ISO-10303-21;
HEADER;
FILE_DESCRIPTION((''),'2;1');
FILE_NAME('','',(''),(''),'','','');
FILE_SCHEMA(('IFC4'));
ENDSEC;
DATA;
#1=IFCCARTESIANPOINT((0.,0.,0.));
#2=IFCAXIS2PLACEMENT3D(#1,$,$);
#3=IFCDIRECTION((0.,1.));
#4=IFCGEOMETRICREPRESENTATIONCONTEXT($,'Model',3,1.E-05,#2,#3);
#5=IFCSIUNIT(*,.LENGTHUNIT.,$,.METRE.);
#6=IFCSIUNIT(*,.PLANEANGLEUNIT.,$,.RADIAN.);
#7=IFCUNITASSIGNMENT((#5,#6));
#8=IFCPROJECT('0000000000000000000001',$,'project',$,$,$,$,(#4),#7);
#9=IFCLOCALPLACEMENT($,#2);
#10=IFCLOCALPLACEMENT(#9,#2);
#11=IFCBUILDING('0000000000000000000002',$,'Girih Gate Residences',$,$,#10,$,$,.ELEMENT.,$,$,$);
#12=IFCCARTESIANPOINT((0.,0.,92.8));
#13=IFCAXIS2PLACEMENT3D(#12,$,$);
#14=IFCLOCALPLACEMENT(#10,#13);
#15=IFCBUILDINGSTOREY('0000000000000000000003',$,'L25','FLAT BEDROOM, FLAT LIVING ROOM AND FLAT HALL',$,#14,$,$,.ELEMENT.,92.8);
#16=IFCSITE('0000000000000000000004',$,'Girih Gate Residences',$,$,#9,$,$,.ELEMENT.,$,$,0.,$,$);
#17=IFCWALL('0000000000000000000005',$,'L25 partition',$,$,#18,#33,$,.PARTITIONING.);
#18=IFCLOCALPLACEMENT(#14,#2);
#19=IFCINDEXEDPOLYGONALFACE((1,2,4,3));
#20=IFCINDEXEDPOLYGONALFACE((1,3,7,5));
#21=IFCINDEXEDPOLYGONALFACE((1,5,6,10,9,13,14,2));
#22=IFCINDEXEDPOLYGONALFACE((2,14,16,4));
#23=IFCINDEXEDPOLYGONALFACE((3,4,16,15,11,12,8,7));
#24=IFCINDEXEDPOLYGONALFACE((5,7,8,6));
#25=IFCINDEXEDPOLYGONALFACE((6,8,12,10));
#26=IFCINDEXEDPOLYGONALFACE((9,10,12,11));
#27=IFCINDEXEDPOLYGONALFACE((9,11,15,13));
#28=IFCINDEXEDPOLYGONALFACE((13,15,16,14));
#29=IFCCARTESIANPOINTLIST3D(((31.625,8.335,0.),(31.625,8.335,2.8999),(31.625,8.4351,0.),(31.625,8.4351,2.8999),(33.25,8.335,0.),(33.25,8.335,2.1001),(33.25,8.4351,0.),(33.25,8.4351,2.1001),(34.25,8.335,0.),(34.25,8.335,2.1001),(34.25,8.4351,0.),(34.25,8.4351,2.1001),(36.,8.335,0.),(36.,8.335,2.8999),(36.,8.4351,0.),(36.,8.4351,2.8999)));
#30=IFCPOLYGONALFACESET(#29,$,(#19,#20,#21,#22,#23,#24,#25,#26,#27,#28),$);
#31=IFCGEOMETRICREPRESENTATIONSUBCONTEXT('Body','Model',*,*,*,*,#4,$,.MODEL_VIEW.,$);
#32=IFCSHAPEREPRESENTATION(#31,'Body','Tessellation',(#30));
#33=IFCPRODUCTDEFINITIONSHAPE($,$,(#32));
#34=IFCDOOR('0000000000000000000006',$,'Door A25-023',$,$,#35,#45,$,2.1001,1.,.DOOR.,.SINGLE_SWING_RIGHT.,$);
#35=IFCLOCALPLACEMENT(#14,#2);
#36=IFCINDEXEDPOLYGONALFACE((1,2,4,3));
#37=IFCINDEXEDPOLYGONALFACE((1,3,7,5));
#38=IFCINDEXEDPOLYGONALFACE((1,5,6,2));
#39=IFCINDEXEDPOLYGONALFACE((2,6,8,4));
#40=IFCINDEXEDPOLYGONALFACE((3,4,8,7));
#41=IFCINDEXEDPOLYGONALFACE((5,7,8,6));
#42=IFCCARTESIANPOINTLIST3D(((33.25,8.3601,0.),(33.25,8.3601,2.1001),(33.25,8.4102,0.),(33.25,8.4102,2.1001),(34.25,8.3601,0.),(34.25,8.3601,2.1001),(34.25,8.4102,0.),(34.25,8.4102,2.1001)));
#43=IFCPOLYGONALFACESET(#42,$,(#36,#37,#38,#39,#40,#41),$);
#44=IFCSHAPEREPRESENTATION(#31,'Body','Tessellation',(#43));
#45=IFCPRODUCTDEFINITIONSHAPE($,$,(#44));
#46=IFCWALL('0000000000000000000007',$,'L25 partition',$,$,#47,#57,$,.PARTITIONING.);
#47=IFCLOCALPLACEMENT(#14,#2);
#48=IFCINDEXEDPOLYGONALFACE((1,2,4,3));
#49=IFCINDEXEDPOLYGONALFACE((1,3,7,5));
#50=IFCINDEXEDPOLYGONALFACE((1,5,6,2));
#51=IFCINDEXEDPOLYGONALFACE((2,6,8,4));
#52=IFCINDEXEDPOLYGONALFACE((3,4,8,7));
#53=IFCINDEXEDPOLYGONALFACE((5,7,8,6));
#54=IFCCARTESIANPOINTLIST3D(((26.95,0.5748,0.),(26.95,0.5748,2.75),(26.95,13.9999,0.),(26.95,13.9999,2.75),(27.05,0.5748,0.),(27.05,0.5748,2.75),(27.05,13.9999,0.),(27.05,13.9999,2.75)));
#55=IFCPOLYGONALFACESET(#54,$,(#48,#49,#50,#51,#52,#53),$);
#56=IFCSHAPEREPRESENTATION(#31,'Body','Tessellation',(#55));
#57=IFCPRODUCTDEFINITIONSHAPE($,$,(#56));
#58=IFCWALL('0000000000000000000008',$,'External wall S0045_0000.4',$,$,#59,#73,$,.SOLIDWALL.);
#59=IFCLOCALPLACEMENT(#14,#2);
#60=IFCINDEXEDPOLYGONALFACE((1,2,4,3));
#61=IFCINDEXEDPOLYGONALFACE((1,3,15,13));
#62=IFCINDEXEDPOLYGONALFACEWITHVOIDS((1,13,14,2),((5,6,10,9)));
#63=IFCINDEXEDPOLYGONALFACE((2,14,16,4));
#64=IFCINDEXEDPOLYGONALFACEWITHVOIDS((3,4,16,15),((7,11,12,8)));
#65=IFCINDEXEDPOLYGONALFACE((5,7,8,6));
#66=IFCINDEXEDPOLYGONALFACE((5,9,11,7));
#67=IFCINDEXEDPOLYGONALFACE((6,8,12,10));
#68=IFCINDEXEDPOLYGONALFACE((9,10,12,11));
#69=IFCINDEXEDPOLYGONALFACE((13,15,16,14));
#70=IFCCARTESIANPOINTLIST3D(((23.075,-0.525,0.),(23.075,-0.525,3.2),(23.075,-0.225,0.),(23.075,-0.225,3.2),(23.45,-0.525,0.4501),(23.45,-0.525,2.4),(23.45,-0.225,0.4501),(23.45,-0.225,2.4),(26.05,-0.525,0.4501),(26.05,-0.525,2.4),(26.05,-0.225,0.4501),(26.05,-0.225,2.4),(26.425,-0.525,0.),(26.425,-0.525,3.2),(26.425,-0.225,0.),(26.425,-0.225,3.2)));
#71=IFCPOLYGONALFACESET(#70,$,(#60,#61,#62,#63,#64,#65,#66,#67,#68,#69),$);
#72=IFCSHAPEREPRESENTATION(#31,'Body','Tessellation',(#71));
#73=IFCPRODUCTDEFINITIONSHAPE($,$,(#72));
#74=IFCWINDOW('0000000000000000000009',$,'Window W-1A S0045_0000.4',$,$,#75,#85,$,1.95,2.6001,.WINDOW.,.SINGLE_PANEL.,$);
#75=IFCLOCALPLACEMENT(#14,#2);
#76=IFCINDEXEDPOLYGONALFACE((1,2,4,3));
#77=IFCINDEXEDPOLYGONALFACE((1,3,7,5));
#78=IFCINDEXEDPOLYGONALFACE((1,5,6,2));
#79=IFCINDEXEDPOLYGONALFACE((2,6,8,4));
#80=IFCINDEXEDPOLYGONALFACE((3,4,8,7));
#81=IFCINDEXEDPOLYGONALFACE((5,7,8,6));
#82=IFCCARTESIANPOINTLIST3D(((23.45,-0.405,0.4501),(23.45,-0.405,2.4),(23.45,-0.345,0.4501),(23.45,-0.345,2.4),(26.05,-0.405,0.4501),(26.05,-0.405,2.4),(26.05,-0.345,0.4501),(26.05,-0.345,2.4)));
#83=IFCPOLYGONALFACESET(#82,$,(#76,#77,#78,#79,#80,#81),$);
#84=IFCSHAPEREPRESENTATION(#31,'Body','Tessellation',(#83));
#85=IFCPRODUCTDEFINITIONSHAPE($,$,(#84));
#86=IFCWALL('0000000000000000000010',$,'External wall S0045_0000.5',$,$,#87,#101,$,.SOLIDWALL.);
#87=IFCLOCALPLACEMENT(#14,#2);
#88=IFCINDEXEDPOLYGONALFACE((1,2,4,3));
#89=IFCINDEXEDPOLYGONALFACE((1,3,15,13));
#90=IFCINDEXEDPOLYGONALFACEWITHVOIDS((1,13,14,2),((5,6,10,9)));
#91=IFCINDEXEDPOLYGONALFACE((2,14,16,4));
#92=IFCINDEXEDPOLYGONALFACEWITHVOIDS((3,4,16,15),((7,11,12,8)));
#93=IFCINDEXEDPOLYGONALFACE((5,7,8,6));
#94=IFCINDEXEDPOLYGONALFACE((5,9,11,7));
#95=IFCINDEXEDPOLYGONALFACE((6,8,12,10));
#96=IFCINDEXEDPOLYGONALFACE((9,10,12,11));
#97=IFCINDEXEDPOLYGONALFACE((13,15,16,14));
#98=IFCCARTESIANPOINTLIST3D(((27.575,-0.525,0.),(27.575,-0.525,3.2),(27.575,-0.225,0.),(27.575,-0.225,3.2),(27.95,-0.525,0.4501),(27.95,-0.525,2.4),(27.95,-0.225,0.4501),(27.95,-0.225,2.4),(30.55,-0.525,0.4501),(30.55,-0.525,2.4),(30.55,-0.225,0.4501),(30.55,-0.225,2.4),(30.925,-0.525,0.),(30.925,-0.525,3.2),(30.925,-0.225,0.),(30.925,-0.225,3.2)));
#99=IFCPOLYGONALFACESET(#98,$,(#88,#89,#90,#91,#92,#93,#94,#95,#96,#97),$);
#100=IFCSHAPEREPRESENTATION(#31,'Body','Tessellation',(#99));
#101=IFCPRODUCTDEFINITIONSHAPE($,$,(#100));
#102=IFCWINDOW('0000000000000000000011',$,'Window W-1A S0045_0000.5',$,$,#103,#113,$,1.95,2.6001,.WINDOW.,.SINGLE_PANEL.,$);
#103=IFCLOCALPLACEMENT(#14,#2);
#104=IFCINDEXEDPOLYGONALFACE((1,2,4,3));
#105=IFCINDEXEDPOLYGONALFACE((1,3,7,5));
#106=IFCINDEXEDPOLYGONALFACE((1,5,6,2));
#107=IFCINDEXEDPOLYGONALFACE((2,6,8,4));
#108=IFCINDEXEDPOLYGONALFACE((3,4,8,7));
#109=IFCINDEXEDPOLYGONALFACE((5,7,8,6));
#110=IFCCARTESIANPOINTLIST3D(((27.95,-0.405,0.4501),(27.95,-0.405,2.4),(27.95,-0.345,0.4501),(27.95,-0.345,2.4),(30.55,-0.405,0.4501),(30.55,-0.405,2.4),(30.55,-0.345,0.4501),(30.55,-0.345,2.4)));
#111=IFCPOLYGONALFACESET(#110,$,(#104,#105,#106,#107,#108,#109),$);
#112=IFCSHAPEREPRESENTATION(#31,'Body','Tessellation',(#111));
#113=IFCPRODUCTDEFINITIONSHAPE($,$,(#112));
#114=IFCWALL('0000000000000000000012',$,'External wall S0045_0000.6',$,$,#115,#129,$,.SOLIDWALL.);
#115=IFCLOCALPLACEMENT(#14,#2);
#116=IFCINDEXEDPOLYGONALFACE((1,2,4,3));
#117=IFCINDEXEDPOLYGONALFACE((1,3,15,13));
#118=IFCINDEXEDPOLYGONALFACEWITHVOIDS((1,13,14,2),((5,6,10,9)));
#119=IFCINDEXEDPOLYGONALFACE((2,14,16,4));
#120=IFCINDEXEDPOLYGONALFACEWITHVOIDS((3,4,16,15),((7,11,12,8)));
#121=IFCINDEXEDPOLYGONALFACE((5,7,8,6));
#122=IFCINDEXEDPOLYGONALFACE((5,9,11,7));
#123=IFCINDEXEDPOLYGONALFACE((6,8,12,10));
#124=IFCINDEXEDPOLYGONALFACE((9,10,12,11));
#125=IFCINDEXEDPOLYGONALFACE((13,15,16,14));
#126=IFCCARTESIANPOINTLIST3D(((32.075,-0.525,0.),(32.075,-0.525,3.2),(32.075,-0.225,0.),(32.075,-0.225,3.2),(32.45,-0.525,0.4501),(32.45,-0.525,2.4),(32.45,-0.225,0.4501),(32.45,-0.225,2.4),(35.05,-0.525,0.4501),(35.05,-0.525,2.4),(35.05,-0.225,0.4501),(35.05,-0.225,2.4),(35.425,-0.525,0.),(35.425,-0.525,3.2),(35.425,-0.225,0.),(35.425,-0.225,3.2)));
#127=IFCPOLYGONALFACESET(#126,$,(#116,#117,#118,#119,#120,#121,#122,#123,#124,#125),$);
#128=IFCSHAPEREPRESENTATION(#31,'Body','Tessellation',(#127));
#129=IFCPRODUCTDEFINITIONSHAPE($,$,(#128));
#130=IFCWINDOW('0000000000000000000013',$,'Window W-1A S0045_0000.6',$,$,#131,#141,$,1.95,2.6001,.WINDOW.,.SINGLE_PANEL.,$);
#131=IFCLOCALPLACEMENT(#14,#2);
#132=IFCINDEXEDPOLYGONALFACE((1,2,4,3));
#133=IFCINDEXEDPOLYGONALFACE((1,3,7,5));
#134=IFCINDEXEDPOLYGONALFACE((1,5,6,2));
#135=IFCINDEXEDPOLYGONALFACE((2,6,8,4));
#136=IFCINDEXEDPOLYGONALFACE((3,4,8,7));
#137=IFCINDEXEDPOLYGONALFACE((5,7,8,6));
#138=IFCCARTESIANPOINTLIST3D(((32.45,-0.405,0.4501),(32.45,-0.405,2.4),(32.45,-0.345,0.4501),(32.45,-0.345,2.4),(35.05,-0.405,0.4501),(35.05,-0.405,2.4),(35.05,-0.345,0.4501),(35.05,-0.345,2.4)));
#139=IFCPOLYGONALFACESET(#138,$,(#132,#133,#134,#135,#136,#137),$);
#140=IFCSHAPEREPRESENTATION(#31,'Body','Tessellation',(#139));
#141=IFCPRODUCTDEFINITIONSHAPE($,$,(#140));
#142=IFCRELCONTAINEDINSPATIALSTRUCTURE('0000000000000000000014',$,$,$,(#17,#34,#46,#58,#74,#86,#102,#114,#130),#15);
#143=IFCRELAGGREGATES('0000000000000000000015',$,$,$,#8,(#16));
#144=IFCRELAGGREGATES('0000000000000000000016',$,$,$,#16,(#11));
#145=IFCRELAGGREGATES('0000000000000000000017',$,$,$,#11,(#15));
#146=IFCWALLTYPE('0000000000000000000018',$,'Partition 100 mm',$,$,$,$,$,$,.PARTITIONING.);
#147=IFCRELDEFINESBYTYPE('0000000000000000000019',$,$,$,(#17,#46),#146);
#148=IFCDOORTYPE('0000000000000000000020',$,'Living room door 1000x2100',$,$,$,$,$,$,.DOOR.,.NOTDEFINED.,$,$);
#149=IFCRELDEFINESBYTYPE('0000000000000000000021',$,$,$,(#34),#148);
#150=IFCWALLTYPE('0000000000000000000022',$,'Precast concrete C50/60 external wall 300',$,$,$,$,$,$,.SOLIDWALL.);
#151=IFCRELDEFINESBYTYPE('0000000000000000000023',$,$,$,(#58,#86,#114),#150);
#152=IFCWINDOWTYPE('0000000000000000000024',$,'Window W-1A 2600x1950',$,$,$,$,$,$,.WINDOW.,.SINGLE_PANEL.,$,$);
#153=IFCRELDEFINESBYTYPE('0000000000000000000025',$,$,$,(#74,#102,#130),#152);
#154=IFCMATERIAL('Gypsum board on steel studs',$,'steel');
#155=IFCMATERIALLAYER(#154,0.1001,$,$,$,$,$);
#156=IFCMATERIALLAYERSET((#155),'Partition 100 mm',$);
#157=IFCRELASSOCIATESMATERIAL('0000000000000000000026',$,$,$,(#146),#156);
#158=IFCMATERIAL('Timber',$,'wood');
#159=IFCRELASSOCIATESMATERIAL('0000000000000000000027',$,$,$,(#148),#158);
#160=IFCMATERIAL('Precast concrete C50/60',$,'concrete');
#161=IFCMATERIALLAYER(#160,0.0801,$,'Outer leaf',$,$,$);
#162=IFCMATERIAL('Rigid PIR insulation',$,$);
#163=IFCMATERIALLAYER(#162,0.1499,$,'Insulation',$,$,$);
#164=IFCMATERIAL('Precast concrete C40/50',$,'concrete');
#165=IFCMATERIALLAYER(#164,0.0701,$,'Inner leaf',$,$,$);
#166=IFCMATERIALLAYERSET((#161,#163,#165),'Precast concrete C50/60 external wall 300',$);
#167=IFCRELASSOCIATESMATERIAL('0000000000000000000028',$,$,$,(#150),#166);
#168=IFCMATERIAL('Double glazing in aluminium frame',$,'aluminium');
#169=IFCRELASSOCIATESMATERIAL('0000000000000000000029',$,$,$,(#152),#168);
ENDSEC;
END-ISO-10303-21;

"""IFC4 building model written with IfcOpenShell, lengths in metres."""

from ifc_helpers import new_model, si_unit, direction, frame, frame_2d, origin, place, context, subcontext, project, spatial, rectangle, extrude, material, layer, layer_set, type_object, element, fill, save


model = new_model("IFC4")

# Units and contexts
model_context = context("Model", 3, precision=1e-05, world=origin(), true_north=direction((0.0, 1.0)))
body_context = subcontext(model_context, "Body", "Model", "MODEL_VIEW")
ifc_project = project(units=[si_unit("LENGTHUNIT", "METRE"), si_unit("PLANEANGLEUNIT", "RADIAN")], contexts=[model_context])

# Site, building, storey
site_placement = place(None, origin())
site = spatial("IfcSite", under=ifc_project, at=site_placement, Name="Girih Gate Residences", CompositionType="ELEMENT", RefElevation=0.0)
building_placement = place(site_placement, origin())
building = spatial("IfcBuilding", under=site, at=building_placement, Name="Girih Gate Residences", CompositionType="ELEMENT")
storey_placement = place(building_placement, frame((0.0, 0.0, 92.8)))
storey = spatial("IfcBuildingStorey", under=building, at=storey_placement, Name="L25", Description="FLAT BEDROOM, FLAT LIVING ROOM AND FLAT HALL", CompositionType="ELEMENT", Elevation=92.8)

# Shared definitions
ifc_material_1 = material(Name="Gypsum board on steel studs", Category="steel")
ifc_layer_1 = layer(ifc_material_1, 0.1001)
ifc_layer_set_1 = layer_set([ifc_layer_1], Name="Partition 100 mm")
wall_type_1 = type_object("IfcWallType", Name="Partition 100 mm", PredefinedType="PARTITIONING", material=ifc_layer_set_1)

# Wall, opening, door
wall_1_placement = place(storey_placement, frame((36.0, 8.385, 0.0), z_axis=(0.0, 0.0, 1.0), x_axis=(-1.0, 0.0, 0.0)))
wall_1 = element("IfcWall", 1, at=wall_1_placement, inside=storey, type_object=wall_type_1, Name="L25 partition", PredefinedType="PARTITIONING", context=body_context, shape_type="SweptSolid", body=[
    extrude(rectangle(XDim=4.375, YDim=0.1001, at=frame_2d((2.1875, 0.0))), origin(), (0.0, 0.0, 1.0), 2.8999),
])
opening_1_placement = place(wall_1_placement, frame((1.75, 0.0, 0.0)))
opening_1 = element("IfcOpeningElement", 2, at=opening_1_placement, cuts=wall_1, PredefinedType="OPENING", context=body_context, shape_type="SweptSolid", body=[
    extrude(rectangle(XDim=1.0, YDim=2.1001, at=frame_2d((0.5, 1.05))), frame((0.0, 0.0601, 0.0), z_axis=(0.0, -1.0, 0.0), x_axis=(1.0, 0.0, 0.0)), (0.0, 0.0, 1.0), 0.1201),
])
ifc_material_2 = material(Name="Timber", Category="wood")
door_type_1 = type_object("IfcDoorType", Name="Living room door 1000x2100", OperationType="NOTDEFINED", PredefinedType="DOOR", material=ifc_material_2)
door_1_placement = place(opening_1_placement, origin())
door_1 = element("IfcDoor", 3, at=door_1_placement, inside=storey, type_object=door_type_1, Name="Door A25-023", OperationType="SINGLE_SWING_RIGHT", OverallHeight=2.1001, OverallWidth=1.0, PredefinedType="DOOR", context=body_context, shape_type="SweptSolid", body=[
    extrude(rectangle(XDim=1.0, YDim=2.1001, at=frame_2d((0.5, 1.05))), frame((0.0, 0.0249, 0.0), z_axis=(0.0, -1.0, 0.0), x_axis=(1.0, 0.0, 0.0)), (0.0, 0.0, 1.0), 0.05),
])
fill(opening_1, door_1)

# Wall
wall_2_placement = place(storey_placement, frame((27.0, 0.575, 0.0), z_axis=(0.0, 0.0, 1.0), x_axis=(0.0, 1.0, 0.0)))
element("IfcWall", 4, at=wall_2_placement, inside=storey, type_object=wall_type_1, Name="L25 partition", PredefinedType="PARTITIONING", context=body_context, shape_type="SweptSolid", body=[
    extrude(rectangle(XDim=13.425, YDim=0.1001, at=frame_2d((6.7124, 0.0))), origin(), (0.0, 0.0, 1.0), 2.75),
])

# Walls, openings, windows
ifc_material_3 = material(Name="Precast concrete C50/60", Category="concrete")
ifc_layer_2 = layer(ifc_material_3, 0.0801, Name="Outer leaf")
ifc_material_4 = material(Name="Rigid PIR insulation")
ifc_layer_3 = layer(ifc_material_4, 0.1499, Name="Insulation")
ifc_material_5 = material(Name="Precast concrete C40/50", Category="concrete")
ifc_layer_4 = layer(ifc_material_5, 0.0701, Name="Inner leaf")
ifc_layer_set_2 = layer_set([ifc_layer_2, ifc_layer_3, ifc_layer_4], Name="Precast concrete C50/60 external wall 300")
wall_type_2 = type_object("IfcWallType", Name="Precast concrete C50/60 external wall 300", PredefinedType="SOLIDWALL", material=ifc_layer_set_2)
wall_3_placement = place(storey_placement, frame((26.425, -0.375, 0.0), z_axis=(0.0, 0.0, 1.0), x_axis=(-1.0, 0.0, 0.0)))
wall_3 = element("IfcWall", 5, at=wall_3_placement, inside=storey, type_object=wall_type_2, Name="External wall S0045_0000.4", PredefinedType="SOLIDWALL", context=body_context, shape_type="SweptSolid", body=[
    extrude(rectangle(XDim=3.3501, YDim=0.3, at=frame_2d((1.675, 0.0))), origin(), (0.0, 0.0, 1.0), 3.2),
])
opening_2_placement = place(wall_3_placement, frame((0.375, 0.0, 0.45)))
opening_2 = element("IfcOpeningElement", 6, at=opening_2_placement, cuts=wall_3, PredefinedType="OPENING", context=body_context, shape_type="SweptSolid", body=[
    extrude(rectangle(XDim=2.6001, YDim=1.95, at=frame_2d((1.3, 0.9751))), frame((0.0, 0.1599, 0.0), z_axis=(0.0, -1.0, 0.0), x_axis=(1.0, 0.0, 0.0)), (0.0, 0.0, 1.0), 0.3201),
])
ifc_material_6 = material(Name="Double glazing in aluminium frame", Category="aluminium")
window_type = type_object("IfcWindowType", Name="Window W-1A 2600x1950", PartitioningType="SINGLE_PANEL", PredefinedType="WINDOW", material=ifc_material_6)
window_1_placement = place(opening_2_placement, origin())
window_1 = element("IfcWindow", 7, at=window_1_placement, inside=storey, type_object=window_type, Name="Window W-1A S0045_0000.4", OverallHeight=1.95, OverallWidth=2.6001, PartitioningType="SINGLE_PANEL", PredefinedType="WINDOW", context=body_context, shape_type="SweptSolid", body=[
    extrude(rectangle(XDim=2.6001, YDim=1.95, at=frame_2d((1.3, 0.9751))), frame((0.0, 0.03, 0.0), z_axis=(0.0, -1.0, 0.0), x_axis=(1.0, 0.0, 0.0)), (0.0, 0.0, 1.0), 0.0601),
])
fill(opening_2, window_1)
wall_4_placement = place(storey_placement, frame((30.925, -0.375, 0.0), z_axis=(0.0, 0.0, 1.0), x_axis=(-1.0, 0.0, 0.0)))
wall_4 = element("IfcWall", 8, at=wall_4_placement, inside=storey, type_object=wall_type_2, Name="External wall S0045_0000.5", PredefinedType="SOLIDWALL", context=body_context, shape_type="SweptSolid", body=[
    extrude(rectangle(XDim=3.3501, YDim=0.3, at=frame_2d((1.675, 0.0))), origin(), (0.0, 0.0, 1.0), 3.2),
])
opening_3_placement = place(wall_4_placement, frame((0.375, 0.0, 0.45)))
opening_3 = element("IfcOpeningElement", 9, at=opening_3_placement, cuts=wall_4, PredefinedType="OPENING", context=body_context, shape_type="SweptSolid", body=[
    extrude(rectangle(XDim=2.6001, YDim=1.95, at=frame_2d((1.3, 0.9751))), frame((0.0, 0.1599, 0.0), z_axis=(0.0, -1.0, 0.0), x_axis=(1.0, 0.0, 0.0)), (0.0, 0.0, 1.0), 0.3201),
])
window_2_placement = place(opening_3_placement, origin())
window_2 = element("IfcWindow", 10, at=window_2_placement, inside=storey, type_object=window_type, Name="Window W-1A S0045_0000.5", OverallHeight=1.95, OverallWidth=2.6001, PartitioningType="SINGLE_PANEL", PredefinedType="WINDOW", context=body_context, shape_type="SweptSolid", body=[
    extrude(rectangle(XDim=2.6001, YDim=1.95, at=frame_2d((1.3, 0.9751))), frame((0.0, 0.03, 0.0), z_axis=(0.0, -1.0, 0.0), x_axis=(1.0, 0.0, 0.0)), (0.0, 0.0, 1.0), 0.0601),
])
fill(opening_3, window_2)
wall_5_placement = place(storey_placement, frame((35.425, -0.375, 0.0), z_axis=(0.0, 0.0, 1.0), x_axis=(-1.0, 0.0, 0.0)))
wall_5 = element("IfcWall", 11, at=wall_5_placement, inside=storey, type_object=wall_type_2, Name="External wall S0045_0000.6", PredefinedType="SOLIDWALL", context=body_context, shape_type="SweptSolid", body=[
    extrude(rectangle(XDim=3.3501, YDim=0.3, at=frame_2d((1.675, 0.0))), origin(), (0.0, 0.0, 1.0), 3.2),
])
opening_4_placement = place(wall_5_placement, frame((0.375, 0.0, 0.45)))
opening_4 = element("IfcOpeningElement", 12, at=opening_4_placement, cuts=wall_5, PredefinedType="OPENING", context=body_context, shape_type="SweptSolid", body=[
    extrude(rectangle(XDim=2.6001, YDim=1.95, at=frame_2d((1.3, 0.9751))), frame((0.0, 0.1599, 0.0), z_axis=(0.0, -1.0, 0.0), x_axis=(1.0, 0.0, 0.0)), (0.0, 0.0, 1.0), 0.3201),
])
window_3_placement = place(opening_4_placement, origin())
window_3 = element("IfcWindow", 13, at=window_3_placement, inside=storey, type_object=window_type, Name="Window W-1A S0045_0000.6", OverallHeight=1.95, OverallWidth=2.6001, PartitioningType="SINGLE_PANEL", PredefinedType="WINDOW", context=body_context, shape_type="SweptSolid", body=[
    extrude(rectangle(XDim=2.6001, YDim=1.95, at=frame_2d((1.3, 0.9751))), frame((0.0, 0.03, 0.0), z_axis=(0.0, -1.0, 0.0), x_axis=(1.0, 0.0, 0.0)), (0.0, 0.0, 1.0), 0.0601),
])
fill(opening_4, window_3)

save(model, "model.ifc")
